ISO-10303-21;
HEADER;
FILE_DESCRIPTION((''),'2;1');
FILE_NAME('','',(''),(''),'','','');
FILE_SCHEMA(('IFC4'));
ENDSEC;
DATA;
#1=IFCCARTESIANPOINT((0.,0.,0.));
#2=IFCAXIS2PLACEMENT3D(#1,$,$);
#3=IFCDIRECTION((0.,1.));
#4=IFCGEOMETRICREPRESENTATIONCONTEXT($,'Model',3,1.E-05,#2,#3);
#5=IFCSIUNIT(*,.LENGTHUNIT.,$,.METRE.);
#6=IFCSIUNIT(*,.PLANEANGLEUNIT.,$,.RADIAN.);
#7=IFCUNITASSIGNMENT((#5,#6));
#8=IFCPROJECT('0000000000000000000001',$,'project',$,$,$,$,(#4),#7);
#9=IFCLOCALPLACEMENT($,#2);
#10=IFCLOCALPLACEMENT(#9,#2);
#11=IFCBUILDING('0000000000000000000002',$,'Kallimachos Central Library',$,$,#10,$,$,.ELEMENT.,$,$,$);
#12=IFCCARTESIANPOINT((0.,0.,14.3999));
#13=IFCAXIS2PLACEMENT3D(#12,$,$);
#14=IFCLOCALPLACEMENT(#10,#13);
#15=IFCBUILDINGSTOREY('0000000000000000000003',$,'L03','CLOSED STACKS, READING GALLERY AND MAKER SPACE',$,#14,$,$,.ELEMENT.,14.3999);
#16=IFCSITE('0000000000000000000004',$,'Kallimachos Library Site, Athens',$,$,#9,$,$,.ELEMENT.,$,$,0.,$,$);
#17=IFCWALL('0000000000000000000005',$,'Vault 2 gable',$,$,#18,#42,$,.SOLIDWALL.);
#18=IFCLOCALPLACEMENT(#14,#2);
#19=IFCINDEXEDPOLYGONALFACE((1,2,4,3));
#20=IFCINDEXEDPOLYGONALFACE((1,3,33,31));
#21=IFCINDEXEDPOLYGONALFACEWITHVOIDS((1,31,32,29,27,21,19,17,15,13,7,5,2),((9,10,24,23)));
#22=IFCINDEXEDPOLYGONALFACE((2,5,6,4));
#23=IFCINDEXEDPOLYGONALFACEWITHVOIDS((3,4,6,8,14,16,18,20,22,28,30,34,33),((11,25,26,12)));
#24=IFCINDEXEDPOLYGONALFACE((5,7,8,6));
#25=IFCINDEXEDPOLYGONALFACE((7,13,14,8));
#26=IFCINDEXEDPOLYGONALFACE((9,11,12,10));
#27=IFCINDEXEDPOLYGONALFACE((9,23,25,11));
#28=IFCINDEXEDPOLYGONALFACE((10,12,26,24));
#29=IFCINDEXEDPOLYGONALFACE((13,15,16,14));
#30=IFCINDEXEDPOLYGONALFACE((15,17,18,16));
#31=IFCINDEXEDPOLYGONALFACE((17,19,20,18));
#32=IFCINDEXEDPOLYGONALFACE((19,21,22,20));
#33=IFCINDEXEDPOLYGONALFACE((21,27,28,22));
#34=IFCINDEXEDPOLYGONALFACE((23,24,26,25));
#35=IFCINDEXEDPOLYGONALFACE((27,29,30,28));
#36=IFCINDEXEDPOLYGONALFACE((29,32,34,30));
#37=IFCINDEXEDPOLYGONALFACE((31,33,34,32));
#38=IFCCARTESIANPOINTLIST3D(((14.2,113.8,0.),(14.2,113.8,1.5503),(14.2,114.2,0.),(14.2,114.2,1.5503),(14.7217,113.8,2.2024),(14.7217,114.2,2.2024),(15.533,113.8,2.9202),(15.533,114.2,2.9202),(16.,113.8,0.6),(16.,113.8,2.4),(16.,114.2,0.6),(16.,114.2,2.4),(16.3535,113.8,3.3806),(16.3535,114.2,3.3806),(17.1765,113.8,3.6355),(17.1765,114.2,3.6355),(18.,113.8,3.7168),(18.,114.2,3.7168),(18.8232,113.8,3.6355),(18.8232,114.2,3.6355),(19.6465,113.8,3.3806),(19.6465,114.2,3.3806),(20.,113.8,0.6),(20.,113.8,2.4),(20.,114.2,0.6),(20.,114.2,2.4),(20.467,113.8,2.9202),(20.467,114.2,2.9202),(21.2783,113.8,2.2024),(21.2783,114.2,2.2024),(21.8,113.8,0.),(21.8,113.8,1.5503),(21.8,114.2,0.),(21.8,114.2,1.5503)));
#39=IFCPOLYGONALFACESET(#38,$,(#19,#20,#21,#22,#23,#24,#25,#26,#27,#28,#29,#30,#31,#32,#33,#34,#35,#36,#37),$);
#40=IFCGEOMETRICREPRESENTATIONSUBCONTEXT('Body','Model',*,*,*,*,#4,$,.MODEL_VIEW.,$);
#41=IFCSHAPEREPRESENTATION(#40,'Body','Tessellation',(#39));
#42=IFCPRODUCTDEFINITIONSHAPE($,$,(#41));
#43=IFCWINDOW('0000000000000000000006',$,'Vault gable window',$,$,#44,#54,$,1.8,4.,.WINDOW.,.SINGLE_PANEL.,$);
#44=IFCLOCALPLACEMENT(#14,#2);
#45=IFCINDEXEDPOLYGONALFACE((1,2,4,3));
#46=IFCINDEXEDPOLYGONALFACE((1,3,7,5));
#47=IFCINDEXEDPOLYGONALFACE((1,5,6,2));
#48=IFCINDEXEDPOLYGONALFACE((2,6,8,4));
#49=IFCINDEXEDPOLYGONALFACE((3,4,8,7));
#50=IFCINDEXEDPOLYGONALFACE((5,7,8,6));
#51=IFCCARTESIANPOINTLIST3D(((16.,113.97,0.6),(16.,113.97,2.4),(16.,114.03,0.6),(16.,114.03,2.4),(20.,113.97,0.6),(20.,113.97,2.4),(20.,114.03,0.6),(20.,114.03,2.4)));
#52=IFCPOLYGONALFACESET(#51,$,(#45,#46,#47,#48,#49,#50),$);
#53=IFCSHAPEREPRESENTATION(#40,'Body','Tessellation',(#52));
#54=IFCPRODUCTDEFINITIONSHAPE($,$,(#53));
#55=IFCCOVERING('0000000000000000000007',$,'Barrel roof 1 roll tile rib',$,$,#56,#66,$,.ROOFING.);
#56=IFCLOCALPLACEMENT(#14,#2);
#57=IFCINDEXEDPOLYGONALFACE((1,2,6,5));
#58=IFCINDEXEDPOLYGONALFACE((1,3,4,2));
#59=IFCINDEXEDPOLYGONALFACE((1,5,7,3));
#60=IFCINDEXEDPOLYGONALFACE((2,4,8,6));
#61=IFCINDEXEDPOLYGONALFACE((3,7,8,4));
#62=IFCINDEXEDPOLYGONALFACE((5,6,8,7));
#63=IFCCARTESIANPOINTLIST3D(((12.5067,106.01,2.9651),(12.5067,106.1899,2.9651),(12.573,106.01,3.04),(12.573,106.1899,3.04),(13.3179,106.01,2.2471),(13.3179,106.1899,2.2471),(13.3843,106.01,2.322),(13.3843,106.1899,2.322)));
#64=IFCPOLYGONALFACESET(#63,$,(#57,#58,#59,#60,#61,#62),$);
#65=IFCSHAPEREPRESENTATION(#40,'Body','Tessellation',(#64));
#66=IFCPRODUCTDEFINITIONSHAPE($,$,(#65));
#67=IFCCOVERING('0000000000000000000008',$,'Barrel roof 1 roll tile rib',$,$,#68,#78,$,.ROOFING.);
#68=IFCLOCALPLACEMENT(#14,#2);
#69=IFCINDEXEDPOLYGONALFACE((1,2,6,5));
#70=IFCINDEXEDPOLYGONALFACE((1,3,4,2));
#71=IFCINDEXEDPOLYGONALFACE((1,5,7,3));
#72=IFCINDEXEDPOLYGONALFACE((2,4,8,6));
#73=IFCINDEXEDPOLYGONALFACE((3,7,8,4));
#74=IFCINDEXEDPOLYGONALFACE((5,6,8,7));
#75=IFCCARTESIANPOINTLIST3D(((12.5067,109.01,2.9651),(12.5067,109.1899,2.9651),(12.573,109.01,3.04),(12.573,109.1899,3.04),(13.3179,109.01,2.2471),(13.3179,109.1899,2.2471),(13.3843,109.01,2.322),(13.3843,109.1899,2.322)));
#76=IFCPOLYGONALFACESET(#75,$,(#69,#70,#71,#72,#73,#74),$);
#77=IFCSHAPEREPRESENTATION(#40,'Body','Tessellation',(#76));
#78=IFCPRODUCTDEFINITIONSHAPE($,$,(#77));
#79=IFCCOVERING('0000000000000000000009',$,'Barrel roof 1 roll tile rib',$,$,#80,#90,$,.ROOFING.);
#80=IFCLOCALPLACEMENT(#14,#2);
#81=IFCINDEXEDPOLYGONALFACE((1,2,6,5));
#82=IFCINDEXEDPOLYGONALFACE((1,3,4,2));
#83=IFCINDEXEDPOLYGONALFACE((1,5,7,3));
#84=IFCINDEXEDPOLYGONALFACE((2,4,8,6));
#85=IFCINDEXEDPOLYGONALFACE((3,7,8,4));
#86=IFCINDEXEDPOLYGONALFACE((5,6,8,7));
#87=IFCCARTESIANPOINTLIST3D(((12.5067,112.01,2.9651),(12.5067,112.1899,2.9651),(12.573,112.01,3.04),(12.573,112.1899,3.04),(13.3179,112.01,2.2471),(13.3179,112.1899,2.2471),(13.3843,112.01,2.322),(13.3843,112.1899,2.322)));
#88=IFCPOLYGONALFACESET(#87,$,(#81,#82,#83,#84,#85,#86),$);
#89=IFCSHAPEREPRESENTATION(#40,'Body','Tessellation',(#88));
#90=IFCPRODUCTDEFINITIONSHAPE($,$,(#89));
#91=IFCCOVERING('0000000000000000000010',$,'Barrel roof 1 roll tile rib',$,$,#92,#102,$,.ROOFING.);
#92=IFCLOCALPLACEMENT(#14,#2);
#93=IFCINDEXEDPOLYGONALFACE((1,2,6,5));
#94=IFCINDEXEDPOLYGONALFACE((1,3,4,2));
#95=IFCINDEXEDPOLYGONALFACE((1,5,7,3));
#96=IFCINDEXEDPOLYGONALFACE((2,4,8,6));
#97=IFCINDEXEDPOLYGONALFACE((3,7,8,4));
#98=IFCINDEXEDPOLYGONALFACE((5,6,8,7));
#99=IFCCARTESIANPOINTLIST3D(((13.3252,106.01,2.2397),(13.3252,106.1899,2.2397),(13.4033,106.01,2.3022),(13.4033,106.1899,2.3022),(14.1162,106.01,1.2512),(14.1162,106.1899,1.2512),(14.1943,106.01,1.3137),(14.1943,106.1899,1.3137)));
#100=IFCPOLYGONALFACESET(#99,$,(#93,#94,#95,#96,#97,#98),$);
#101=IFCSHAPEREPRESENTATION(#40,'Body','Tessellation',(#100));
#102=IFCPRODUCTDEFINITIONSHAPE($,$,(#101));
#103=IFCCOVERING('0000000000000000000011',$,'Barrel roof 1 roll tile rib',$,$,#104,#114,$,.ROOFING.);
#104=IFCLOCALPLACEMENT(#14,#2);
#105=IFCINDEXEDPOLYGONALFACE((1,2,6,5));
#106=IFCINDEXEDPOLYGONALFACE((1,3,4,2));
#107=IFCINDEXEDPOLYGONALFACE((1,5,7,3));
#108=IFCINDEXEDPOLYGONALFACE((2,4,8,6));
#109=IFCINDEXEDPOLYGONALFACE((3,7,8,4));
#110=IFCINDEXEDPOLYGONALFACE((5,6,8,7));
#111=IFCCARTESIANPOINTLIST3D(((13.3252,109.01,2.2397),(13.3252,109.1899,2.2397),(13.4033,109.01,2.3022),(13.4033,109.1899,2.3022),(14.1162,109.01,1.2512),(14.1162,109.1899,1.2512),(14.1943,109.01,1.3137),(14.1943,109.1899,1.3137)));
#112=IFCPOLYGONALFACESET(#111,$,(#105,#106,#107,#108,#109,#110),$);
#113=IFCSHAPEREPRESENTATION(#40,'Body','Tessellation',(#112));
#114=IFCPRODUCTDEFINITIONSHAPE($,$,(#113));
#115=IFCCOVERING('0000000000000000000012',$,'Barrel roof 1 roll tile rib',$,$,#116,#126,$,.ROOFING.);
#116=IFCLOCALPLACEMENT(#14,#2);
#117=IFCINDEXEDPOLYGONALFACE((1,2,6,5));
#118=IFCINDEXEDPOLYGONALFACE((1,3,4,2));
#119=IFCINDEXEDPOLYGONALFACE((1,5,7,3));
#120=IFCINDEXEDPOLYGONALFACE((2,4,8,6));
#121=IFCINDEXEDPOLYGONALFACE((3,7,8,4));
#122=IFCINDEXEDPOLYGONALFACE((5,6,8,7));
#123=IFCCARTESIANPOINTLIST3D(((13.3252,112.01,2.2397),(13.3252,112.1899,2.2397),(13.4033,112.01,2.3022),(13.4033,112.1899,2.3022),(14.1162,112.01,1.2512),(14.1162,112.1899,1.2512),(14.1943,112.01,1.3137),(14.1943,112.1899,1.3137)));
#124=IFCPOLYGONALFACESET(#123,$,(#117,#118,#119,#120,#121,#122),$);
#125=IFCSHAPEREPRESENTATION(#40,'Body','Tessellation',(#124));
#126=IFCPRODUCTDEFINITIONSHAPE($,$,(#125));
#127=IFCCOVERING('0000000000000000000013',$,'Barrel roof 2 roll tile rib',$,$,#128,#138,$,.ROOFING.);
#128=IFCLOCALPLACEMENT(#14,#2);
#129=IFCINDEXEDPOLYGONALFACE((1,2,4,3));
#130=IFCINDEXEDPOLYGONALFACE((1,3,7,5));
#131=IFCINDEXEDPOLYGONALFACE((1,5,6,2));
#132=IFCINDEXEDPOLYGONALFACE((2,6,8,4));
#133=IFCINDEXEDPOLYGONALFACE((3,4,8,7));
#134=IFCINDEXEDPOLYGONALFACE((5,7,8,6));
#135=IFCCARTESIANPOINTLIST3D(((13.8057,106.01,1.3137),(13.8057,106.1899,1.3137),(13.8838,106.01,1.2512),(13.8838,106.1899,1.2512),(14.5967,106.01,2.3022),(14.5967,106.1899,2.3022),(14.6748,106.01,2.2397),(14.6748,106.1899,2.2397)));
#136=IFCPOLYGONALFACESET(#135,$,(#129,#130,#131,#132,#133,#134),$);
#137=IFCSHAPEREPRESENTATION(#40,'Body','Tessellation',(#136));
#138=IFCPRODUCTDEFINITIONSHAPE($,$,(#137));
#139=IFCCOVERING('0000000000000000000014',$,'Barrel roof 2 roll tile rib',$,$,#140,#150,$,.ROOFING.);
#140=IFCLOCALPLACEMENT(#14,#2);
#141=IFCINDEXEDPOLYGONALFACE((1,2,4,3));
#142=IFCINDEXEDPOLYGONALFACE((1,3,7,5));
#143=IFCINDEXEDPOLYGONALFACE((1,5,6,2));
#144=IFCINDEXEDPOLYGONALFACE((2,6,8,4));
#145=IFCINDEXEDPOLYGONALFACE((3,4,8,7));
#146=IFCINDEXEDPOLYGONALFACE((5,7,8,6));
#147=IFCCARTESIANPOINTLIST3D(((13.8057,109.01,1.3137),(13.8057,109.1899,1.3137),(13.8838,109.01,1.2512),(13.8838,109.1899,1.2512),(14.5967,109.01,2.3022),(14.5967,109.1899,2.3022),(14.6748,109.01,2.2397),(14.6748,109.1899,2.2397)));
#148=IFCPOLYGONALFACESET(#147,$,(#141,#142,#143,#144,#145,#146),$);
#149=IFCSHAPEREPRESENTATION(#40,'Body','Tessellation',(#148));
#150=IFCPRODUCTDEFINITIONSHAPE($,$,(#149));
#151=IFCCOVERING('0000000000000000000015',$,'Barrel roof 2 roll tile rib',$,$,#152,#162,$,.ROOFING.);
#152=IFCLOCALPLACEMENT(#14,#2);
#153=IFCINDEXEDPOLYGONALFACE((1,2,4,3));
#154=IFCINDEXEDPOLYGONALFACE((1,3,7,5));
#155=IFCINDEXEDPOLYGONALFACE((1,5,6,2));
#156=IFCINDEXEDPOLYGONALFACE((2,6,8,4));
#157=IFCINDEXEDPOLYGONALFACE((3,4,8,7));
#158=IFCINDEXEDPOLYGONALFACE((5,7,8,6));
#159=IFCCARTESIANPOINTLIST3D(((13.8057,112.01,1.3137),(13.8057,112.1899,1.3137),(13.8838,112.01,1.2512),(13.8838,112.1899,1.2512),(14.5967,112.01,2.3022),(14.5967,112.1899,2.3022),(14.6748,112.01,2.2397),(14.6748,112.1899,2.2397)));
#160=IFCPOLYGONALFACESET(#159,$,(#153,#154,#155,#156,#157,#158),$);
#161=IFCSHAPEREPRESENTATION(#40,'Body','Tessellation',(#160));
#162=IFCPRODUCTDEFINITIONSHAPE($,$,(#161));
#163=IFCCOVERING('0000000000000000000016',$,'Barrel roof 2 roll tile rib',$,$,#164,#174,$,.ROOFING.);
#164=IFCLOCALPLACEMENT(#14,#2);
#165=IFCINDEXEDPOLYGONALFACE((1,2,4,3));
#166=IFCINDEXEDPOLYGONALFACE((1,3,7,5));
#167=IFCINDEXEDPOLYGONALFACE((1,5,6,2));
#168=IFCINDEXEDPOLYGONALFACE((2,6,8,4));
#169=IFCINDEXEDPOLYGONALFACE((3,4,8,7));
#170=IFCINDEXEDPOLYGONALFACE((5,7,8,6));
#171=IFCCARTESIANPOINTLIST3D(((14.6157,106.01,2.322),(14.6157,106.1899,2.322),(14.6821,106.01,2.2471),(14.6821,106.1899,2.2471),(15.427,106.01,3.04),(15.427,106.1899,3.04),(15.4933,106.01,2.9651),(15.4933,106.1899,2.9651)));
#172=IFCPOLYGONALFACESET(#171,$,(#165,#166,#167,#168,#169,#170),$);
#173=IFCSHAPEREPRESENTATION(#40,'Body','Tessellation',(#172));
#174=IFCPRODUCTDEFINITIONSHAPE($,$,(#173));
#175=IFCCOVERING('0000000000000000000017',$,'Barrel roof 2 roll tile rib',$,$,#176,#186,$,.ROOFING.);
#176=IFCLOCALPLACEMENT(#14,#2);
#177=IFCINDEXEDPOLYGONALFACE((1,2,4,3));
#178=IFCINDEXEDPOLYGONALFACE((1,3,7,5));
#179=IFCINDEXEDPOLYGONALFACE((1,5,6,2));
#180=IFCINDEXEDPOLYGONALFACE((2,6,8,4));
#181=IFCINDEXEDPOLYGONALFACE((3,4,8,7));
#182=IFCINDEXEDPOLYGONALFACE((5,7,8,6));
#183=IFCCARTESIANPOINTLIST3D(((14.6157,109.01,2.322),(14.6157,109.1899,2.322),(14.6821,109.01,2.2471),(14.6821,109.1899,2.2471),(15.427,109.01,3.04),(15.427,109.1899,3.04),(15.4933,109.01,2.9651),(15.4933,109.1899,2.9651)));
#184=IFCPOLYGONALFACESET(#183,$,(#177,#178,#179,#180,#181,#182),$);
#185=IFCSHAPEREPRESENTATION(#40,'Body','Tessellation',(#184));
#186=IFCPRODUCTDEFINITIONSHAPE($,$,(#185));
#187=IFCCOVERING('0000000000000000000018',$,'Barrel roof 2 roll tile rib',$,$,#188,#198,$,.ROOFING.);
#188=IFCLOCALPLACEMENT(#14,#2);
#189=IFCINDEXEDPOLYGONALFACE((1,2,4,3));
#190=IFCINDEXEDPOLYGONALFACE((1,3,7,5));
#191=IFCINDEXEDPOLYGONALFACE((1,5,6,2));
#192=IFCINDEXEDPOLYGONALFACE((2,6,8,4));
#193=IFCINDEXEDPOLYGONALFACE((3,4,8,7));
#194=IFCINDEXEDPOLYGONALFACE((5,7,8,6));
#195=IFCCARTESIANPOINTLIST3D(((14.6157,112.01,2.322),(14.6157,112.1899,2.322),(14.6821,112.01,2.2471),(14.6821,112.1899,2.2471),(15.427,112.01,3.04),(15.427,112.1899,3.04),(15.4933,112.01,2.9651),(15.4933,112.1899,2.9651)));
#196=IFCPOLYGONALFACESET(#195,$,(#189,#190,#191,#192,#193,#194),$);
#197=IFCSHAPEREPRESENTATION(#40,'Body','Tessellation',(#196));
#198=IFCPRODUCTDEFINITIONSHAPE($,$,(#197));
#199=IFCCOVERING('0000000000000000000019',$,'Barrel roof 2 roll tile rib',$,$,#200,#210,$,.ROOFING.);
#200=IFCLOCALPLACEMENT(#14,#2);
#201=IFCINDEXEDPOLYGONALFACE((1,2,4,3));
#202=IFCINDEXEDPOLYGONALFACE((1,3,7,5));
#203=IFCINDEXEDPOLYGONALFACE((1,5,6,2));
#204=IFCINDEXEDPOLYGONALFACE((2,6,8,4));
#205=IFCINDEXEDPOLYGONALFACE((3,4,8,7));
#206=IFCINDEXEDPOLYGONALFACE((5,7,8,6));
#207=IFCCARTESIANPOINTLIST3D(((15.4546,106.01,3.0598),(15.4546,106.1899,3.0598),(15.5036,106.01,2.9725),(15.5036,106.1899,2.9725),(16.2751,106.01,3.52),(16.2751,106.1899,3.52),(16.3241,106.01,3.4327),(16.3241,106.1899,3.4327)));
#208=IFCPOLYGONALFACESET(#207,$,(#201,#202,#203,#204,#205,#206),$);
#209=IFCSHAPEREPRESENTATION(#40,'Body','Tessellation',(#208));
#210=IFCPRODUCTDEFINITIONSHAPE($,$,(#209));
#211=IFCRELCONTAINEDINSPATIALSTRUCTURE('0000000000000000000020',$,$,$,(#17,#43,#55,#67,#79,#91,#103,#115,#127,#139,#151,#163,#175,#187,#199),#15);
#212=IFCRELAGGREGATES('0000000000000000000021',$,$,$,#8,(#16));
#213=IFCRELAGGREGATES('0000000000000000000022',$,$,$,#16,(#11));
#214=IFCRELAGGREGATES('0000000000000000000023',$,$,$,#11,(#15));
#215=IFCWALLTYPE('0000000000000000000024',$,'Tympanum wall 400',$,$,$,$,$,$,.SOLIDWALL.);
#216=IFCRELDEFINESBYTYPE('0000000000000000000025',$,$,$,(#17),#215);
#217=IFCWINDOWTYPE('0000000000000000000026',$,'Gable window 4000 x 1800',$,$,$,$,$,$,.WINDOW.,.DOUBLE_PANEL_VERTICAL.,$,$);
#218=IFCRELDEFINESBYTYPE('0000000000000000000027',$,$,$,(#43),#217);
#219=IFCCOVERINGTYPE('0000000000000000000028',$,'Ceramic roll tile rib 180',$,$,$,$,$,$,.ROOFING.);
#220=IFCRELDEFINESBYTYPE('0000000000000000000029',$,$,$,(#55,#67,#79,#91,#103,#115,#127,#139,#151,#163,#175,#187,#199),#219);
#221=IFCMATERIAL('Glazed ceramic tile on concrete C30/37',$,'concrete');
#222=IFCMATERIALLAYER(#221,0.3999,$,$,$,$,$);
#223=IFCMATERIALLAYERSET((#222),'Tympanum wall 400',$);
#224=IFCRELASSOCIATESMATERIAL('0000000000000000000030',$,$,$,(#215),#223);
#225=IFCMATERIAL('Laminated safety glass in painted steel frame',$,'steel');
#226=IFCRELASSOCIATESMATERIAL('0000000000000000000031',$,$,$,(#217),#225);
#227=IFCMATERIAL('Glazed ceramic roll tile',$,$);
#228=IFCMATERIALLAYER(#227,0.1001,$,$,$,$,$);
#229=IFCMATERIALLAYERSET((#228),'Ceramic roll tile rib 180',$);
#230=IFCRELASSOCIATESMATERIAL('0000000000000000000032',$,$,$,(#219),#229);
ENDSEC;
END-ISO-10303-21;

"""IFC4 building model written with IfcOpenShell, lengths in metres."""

from ifc_helpers import new_model, si_unit, direction, frame, frame_2d, origin, place, context, subcontext, project, spatial, polyline, rectangle, outline, extrude, material, layer, layer_set, type_object, element, fill, save


model = new_model("IFC4")

# Units and contexts
model_context = context("Model", 3, precision=1e-05, world=origin(), true_north=direction((0.0, 1.0)))
body_context = subcontext(model_context, "Body", "Model", "MODEL_VIEW")
ifc_project = project(units=[si_unit("LENGTHUNIT", "METRE"), si_unit("PLANEANGLEUNIT", "RADIAN")], contexts=[model_context])

# Site, building, storey
site_placement = place(None, origin())
site = spatial("IfcSite", under=ifc_project, at=site_placement, Name="Kallimachos Library Site, Athens", CompositionType="ELEMENT", RefElevation=0.0)
building_placement = place(site_placement, origin())
building = spatial("IfcBuilding", under=site, at=building_placement, Name="Kallimachos Central Library", CompositionType="ELEMENT")
storey_placement = place(building_placement, frame((0.0, 0.0, 14.3999)))
storey = spatial("IfcBuildingStorey", under=building, at=storey_placement, Name="L03", Description="CLOSED STACKS, READING GALLERY AND MAKER SPACE", CompositionType="ELEMENT", Elevation=14.3999)

# Wall, opening, window
ifc_material_1 = material(Name="Glazed ceramic tile on concrete C30/37", Category="concrete")
ifc_layer_1 = layer(ifc_material_1, 0.3999)
ifc_layer_set_1 = layer_set([ifc_layer_1], Name="Tympanum wall 400")
wall_type = type_object("IfcWallType", Name="Tympanum wall 400", PredefinedType="SOLIDWALL", material=ifc_layer_set_1)
wall_placement = place(storey_placement, frame((14.2, 114.0, 0.0), z_axis=(0.0, 0.0, 1.0), x_axis=(1.0, 0.0, 0.0)))
wall = element("IfcWall", 1, at=wall_placement, inside=storey, type_object=wall_type, Name="Vault 2 gable", PredefinedType="SOLIDWALL", context=body_context, shape_type="SweptSolid", body=[
    extrude(outline(polyline([(0.0, 0.0), (7.6001, 0.0), (7.6001, 1.5503), (7.0784, 2.2024), (6.2671, 2.9202), (5.4465, 3.3806), (4.6233, 3.6355), (3.8, 3.7168), (2.9766, 3.6355), (2.1536, 3.3806), (1.333, 2.9202), (0.5217, 2.2024), (0.0, 1.5503), (0.0, 0.0)])), frame((0.0, 0.2, 0.0), z_axis=(0.0, -1.0, 0.0), x_axis=(1.0, 0.0, 0.0)), (0.0, 0.0, 1.0), 0.3999),
])
opening_placement = place(wall_placement, frame((1.8, 0.0, 0.6001)))
opening = element("IfcOpeningElement", 2, at=opening_placement, cuts=wall, PredefinedType="OPENING", context=body_context, shape_type="SweptSolid", body=[
    extrude(rectangle(XDim=4.0, YDim=1.8, at=frame_2d((2.0, 0.8999))), frame((0.0, 0.21, 0.0), z_axis=(0.0, -1.0, 0.0), x_axis=(1.0, 0.0, 0.0)), (0.0, 0.0, 1.0), 0.4199),
])
ifc_material_2 = material(Name="Laminated safety glass in painted steel frame", Category="steel")
window_type = type_object("IfcWindowType", Name="Gable window 4000 x 1800", PartitioningType="DOUBLE_PANEL_VERTICAL", PredefinedType="WINDOW", material=ifc_material_2)
window_placement = place(opening_placement, origin())
window = element("IfcWindow", 3, at=window_placement, inside=storey, type_object=window_type, Name="Vault gable window", OverallHeight=1.8, OverallWidth=4.0, PartitioningType="SINGLE_PANEL", PredefinedType="WINDOW", context=body_context, shape_type="SweptSolid", body=[
    extrude(rectangle(XDim=4.0, YDim=1.8, at=frame_2d((2.0, 0.8999))), frame((0.0, 0.03, 0.0), z_axis=(0.0, -1.0, 0.0), x_axis=(1.0, 0.0, 0.0)), (0.0, 0.0, 1.0), 0.0601),
])
fill(opening, window)

# Coverings
ifc_material_3 = material(Name="Glazed ceramic roll tile")
ifc_layer_2 = layer(ifc_material_3, 0.1001)
ifc_layer_set_2 = layer_set([ifc_layer_2], Name="Ceramic roll tile rib 180")
covering_type_1 = type_object("IfcCoveringType", Name="Ceramic roll tile rib 180", PredefinedType="ROOFING", material=ifc_layer_set_2)
for number, where, z_axis, x_axis, name in (
    (4, (12.573, 106.01, 3.04), (0.662754, 0.0, 0.748837), (0.748837, 0.0, -0.662754), "Barrel roof 1 roll tile rib"),
    (5, (12.573, 109.01, 3.04), (0.662754, 0.0, 0.748837), (0.748837, 0.0, -0.662754), "Barrel roof 1 roll tile rib"),
    (6, (12.573, 112.01, 3.04), (0.662754, 0.0, 0.748837), (0.748837, 0.0, -0.662754), "Barrel roof 1 roll tile rib"),
):
    element("IfcCovering", number, at=place(storey_placement, frame(where, z_axis=z_axis, x_axis=x_axis)), inside=storey, type_object=covering_type_1, Name=name, PredefinedType="ROOFING", context=body_context, shape_type="SweptSolid", body=[
        extrude(outline(polyline([(0.0, 0.0), (1.0834, 0.0), (1.0834, 0.1799), (0.0, 0.1799), (0.0, 0.0)])), origin(), (0.0, 0.0, -1.0), 0.1001),
    ])
for number, where, z_axis, x_axis, name in (
    (7, (13.4033, 106.01, 2.3022), (0.780794, 0.0, 0.624789), (0.624789, 0.0, -0.780794), "Barrel roof 1 roll tile rib"),
    (8, (13.4033, 109.01, 2.3022), (0.780794, 0.0, 0.624789), (0.624789, 0.0, -0.780794), "Barrel roof 1 roll tile rib"),
    (9, (13.4033, 112.01, 2.3022), (0.780794, 0.0, 0.624789), (0.624789, 0.0, -0.780794), "Barrel roof 1 roll tile rib"),
    (10, (13.8057, 106.01, 1.3137), (-0.780794, 0.0, 0.624789), (0.624789, 0.0, 0.780794), "Barrel roof 2 roll tile rib"),
    (11, (13.8057, 109.01, 1.3137), (-0.780794, 0.0, 0.624789), (0.624789, 0.0, 0.780794), "Barrel roof 2 roll tile rib"),
    (12, (13.8057, 112.01, 1.3137), (-0.780794, 0.0, 0.624789), (0.624789, 0.0, 0.780794), "Barrel roof 2 roll tile rib"),
):
    element("IfcCovering", number, at=place(storey_placement, frame(where, z_axis=z_axis, x_axis=x_axis)), inside=storey, type_object=covering_type_1, Name=name, PredefinedType="ROOFING", context=body_context, shape_type="SweptSolid", body=[
        extrude(outline(polyline([(0.0, 0.0), (1.2661, 0.0), (1.2661, 0.1799), (0.0, 0.1799), (0.0, 0.0)])), origin(), (0.0, 0.0, -1.0), 0.1001),
    ])
for number, where, z_axis, x_axis, name in (
    (13, (14.6157, 106.01, 2.322), (-0.662754, 0.0, 0.748837), (0.748837, 0.0, 0.662754), "Barrel roof 2 roll tile rib"),
    (14, (14.6157, 109.01, 2.322), (-0.662754, 0.0, 0.748837), (0.748837, 0.0, 0.662754), "Barrel roof 2 roll tile rib"),
    (15, (14.6157, 112.01, 2.322), (-0.662754, 0.0, 0.748837), (0.748837, 0.0, 0.662754), "Barrel roof 2 roll tile rib"),
):
    element("IfcCovering", number, at=place(storey_placement, frame(where, z_axis=z_axis, x_axis=x_axis)), inside=storey, type_object=covering_type_1, Name=name, PredefinedType="ROOFING", context=body_context, shape_type="SweptSolid", body=[
        extrude(outline(polyline([(0.0, 0.0), (1.0834, 0.0), (1.0834, 0.1799), (0.0, 0.1799), (0.0, 0.0)])), origin(), (0.0, 0.0, -1.0), 0.1001),
    ])
for number, where, z_axis, x_axis, name in (
    (16, (15.4546, 106.01, 3.0598), (-0.489164, 0.0, 0.872192), (0.872192, 0.0, 0.489164), "Barrel roof 2 roll tile rib"),
):
    element("IfcCovering", number, at=place(storey_placement, frame(where, z_axis=z_axis, x_axis=x_axis)), inside=storey, type_object=covering_type_1, Name=name, PredefinedType="ROOFING", context=body_context, shape_type="SweptSolid", body=[
        extrude(outline(polyline([(0.0, 0.0), (0.9408, 0.0), (0.9408, 0.1799), (0.0, 0.1799), (0.0, 0.0)])), origin(), (0.0, 0.0, -1.0), 0.1001),
    ])

save(model, "model.ifc")
